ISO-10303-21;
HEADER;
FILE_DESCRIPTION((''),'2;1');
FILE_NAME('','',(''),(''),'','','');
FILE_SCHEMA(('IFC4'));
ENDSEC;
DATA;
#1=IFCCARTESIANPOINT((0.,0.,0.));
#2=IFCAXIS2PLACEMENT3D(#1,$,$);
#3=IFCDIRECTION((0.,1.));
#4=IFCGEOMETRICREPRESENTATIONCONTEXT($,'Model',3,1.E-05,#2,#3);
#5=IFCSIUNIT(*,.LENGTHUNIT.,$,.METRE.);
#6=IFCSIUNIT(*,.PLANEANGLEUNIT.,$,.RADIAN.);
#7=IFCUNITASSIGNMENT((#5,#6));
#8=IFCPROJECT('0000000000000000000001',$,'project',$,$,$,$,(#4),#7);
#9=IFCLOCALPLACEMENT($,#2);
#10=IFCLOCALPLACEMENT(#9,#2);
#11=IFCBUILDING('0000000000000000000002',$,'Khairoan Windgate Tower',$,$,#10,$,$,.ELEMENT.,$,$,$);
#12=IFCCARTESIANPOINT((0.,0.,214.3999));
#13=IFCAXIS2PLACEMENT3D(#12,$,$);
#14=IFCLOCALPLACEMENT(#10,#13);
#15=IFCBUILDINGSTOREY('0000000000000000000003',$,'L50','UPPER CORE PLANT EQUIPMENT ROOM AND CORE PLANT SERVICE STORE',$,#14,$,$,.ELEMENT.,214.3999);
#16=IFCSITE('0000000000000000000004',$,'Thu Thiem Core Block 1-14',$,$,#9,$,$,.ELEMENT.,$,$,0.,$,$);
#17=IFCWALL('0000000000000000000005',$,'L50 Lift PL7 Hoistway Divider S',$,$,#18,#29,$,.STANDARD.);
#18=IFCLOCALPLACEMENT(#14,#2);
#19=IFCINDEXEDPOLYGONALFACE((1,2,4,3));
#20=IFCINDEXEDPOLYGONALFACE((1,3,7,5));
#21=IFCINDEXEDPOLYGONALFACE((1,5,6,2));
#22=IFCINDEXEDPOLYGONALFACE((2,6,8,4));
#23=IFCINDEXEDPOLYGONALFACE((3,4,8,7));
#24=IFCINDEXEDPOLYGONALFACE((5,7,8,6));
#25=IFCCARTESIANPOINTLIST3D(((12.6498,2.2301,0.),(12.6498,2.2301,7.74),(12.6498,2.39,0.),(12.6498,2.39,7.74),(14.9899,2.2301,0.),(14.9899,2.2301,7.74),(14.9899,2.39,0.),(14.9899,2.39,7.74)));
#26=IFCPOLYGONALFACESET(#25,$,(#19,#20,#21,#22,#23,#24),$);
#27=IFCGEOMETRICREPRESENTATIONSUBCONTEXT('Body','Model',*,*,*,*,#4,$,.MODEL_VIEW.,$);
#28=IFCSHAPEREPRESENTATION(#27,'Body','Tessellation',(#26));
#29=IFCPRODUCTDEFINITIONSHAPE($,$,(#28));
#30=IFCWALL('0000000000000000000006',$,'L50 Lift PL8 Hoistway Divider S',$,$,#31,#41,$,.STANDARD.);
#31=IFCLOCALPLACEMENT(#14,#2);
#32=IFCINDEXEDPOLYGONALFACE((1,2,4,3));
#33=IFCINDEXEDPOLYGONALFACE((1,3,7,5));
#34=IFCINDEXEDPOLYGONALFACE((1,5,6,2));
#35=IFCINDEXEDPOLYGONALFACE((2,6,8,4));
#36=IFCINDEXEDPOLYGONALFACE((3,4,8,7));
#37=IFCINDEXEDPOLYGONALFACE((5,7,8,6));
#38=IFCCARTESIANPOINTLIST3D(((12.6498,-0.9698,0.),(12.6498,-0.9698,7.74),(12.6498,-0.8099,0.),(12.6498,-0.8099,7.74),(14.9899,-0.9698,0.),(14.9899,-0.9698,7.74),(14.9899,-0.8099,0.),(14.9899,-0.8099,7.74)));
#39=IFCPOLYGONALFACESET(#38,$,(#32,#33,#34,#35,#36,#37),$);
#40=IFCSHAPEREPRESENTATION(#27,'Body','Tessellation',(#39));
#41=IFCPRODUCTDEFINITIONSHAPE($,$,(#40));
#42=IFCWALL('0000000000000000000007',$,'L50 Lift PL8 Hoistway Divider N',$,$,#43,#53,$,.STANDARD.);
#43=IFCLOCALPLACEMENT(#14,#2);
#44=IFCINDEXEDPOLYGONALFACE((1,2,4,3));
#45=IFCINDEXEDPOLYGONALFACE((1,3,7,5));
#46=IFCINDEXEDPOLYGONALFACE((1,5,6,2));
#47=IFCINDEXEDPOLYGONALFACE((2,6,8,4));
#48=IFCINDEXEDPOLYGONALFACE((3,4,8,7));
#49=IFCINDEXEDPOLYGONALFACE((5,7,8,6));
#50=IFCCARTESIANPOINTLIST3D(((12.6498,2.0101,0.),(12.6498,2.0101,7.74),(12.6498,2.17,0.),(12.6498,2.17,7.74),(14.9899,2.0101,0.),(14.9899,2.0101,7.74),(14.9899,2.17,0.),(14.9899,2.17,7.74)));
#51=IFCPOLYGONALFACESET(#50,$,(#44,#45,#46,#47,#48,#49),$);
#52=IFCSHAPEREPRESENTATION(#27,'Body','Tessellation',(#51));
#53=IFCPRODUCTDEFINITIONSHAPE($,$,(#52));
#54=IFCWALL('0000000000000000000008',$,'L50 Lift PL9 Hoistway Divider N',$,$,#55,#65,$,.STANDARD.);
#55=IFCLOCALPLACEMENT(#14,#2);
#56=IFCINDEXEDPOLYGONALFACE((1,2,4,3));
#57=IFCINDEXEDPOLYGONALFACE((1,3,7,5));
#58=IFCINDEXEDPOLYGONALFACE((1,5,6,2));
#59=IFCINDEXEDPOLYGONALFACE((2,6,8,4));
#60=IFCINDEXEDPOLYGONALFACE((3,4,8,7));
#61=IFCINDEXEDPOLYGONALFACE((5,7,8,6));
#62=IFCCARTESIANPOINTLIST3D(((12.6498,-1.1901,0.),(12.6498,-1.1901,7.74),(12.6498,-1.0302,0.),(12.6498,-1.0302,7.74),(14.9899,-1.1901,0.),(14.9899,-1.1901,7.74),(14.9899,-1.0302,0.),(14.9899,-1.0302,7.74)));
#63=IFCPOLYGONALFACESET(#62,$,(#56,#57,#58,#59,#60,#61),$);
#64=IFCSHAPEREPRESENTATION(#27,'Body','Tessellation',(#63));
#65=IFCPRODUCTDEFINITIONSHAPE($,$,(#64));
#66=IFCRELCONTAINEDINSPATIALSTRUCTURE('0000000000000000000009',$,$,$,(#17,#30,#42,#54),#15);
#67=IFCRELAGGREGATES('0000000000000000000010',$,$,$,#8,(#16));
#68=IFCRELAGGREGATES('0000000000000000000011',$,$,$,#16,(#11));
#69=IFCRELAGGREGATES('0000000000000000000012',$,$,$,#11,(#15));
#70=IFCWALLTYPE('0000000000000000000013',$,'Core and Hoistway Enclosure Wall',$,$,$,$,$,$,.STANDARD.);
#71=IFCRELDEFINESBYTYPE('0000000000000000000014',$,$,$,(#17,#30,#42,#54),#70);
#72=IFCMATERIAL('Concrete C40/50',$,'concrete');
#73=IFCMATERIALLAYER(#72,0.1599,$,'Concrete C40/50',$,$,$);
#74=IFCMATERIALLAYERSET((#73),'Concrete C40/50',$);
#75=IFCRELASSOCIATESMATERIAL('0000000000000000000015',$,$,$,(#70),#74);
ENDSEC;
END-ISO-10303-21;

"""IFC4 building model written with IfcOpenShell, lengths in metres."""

from ifc_helpers import new_model, si_unit, direction, frame, frame_2d, origin, place, context, subcontext, project, spatial, rectangle, extrude, material, layer, layer_set, type_object, element, save


model = new_model("IFC4")

# Units and contexts
model_context = context("Model", 3, precision=1e-05, world=origin(), true_north=direction((0.0, 1.0)))
body_context = subcontext(model_context, "Body", "Model", "MODEL_VIEW")
ifc_project = project(units=[si_unit("LENGTHUNIT", "METRE"), si_unit("PLANEANGLEUNIT", "RADIAN")], contexts=[model_context])

# Site, building, storey
site_placement = place(None, origin())
site = spatial("IfcSite", under=ifc_project, at=site_placement, Name="Thu Thiem Core Block 1-14", CompositionType="ELEMENT", RefElevation=0.0)
building_placement = place(site_placement, origin())
building = spatial("IfcBuilding", under=site, at=building_placement, Name="Khairoan Windgate Tower", CompositionType="ELEMENT")
storey_placement = place(building_placement, frame((0.0, 0.0, 214.3999)))
storey = spatial("IfcBuildingStorey", under=building, at=storey_placement, Name="L50", Description="UPPER CORE PLANT EQUIPMENT ROOM AND CORE PLANT SERVICE STORE", CompositionType="ELEMENT", Elevation=214.3999)

# Walls
ifc_material_1 = material(Name="Concrete C40/50", Category="concrete")
ifc_layer_1 = layer(ifc_material_1, 0.1599, Name="Concrete C40/50")
ifc_layer_set_1 = layer_set([ifc_layer_1], Name="Concrete C40/50")
wall_type = type_object("IfcWallType", Name="Core and Hoistway Enclosure Wall", PredefinedType="STANDARD", material=ifc_layer_set_1)
for number, where, z_axis, x_axis, name in (
    (1, (12.6499, 2.3101, 0.0), (0.0, 0.0, 1.0), (1.0, 0.0, 0.0), "L50 Lift PL7 Hoistway Divider S"),
    (2, (12.6499, -0.8899, 0.0), (0.0, 0.0, 1.0), (1.0, 0.0, 0.0), "L50 Lift PL8 Hoistway Divider S"),
    (3, (12.6499, 2.0901, 0.0), (0.0, 0.0, 1.0), (1.0, 0.0, 0.0), "L50 Lift PL8 Hoistway Divider N"),
    (4, (12.6499, -1.1101, 0.0), (0.0, 0.0, 1.0), (1.0, 0.0, 0.0), "L50 Lift PL9 Hoistway Divider N"),
):
    element("IfcWall", number, at=place(storey_placement, frame(where, z_axis=z_axis, x_axis=x_axis)), inside=storey, type_object=wall_type, Name=name, PredefinedType="STANDARD", context=body_context, shape_type="SweptSolid", body=[
        extrude(rectangle(XDim=2.3401, YDim=0.1599, at=frame_2d((1.1699, 0.0))), origin(), (0.0, 0.0, 1.0), 7.74),
    ])

save(model, "model.ifc")
